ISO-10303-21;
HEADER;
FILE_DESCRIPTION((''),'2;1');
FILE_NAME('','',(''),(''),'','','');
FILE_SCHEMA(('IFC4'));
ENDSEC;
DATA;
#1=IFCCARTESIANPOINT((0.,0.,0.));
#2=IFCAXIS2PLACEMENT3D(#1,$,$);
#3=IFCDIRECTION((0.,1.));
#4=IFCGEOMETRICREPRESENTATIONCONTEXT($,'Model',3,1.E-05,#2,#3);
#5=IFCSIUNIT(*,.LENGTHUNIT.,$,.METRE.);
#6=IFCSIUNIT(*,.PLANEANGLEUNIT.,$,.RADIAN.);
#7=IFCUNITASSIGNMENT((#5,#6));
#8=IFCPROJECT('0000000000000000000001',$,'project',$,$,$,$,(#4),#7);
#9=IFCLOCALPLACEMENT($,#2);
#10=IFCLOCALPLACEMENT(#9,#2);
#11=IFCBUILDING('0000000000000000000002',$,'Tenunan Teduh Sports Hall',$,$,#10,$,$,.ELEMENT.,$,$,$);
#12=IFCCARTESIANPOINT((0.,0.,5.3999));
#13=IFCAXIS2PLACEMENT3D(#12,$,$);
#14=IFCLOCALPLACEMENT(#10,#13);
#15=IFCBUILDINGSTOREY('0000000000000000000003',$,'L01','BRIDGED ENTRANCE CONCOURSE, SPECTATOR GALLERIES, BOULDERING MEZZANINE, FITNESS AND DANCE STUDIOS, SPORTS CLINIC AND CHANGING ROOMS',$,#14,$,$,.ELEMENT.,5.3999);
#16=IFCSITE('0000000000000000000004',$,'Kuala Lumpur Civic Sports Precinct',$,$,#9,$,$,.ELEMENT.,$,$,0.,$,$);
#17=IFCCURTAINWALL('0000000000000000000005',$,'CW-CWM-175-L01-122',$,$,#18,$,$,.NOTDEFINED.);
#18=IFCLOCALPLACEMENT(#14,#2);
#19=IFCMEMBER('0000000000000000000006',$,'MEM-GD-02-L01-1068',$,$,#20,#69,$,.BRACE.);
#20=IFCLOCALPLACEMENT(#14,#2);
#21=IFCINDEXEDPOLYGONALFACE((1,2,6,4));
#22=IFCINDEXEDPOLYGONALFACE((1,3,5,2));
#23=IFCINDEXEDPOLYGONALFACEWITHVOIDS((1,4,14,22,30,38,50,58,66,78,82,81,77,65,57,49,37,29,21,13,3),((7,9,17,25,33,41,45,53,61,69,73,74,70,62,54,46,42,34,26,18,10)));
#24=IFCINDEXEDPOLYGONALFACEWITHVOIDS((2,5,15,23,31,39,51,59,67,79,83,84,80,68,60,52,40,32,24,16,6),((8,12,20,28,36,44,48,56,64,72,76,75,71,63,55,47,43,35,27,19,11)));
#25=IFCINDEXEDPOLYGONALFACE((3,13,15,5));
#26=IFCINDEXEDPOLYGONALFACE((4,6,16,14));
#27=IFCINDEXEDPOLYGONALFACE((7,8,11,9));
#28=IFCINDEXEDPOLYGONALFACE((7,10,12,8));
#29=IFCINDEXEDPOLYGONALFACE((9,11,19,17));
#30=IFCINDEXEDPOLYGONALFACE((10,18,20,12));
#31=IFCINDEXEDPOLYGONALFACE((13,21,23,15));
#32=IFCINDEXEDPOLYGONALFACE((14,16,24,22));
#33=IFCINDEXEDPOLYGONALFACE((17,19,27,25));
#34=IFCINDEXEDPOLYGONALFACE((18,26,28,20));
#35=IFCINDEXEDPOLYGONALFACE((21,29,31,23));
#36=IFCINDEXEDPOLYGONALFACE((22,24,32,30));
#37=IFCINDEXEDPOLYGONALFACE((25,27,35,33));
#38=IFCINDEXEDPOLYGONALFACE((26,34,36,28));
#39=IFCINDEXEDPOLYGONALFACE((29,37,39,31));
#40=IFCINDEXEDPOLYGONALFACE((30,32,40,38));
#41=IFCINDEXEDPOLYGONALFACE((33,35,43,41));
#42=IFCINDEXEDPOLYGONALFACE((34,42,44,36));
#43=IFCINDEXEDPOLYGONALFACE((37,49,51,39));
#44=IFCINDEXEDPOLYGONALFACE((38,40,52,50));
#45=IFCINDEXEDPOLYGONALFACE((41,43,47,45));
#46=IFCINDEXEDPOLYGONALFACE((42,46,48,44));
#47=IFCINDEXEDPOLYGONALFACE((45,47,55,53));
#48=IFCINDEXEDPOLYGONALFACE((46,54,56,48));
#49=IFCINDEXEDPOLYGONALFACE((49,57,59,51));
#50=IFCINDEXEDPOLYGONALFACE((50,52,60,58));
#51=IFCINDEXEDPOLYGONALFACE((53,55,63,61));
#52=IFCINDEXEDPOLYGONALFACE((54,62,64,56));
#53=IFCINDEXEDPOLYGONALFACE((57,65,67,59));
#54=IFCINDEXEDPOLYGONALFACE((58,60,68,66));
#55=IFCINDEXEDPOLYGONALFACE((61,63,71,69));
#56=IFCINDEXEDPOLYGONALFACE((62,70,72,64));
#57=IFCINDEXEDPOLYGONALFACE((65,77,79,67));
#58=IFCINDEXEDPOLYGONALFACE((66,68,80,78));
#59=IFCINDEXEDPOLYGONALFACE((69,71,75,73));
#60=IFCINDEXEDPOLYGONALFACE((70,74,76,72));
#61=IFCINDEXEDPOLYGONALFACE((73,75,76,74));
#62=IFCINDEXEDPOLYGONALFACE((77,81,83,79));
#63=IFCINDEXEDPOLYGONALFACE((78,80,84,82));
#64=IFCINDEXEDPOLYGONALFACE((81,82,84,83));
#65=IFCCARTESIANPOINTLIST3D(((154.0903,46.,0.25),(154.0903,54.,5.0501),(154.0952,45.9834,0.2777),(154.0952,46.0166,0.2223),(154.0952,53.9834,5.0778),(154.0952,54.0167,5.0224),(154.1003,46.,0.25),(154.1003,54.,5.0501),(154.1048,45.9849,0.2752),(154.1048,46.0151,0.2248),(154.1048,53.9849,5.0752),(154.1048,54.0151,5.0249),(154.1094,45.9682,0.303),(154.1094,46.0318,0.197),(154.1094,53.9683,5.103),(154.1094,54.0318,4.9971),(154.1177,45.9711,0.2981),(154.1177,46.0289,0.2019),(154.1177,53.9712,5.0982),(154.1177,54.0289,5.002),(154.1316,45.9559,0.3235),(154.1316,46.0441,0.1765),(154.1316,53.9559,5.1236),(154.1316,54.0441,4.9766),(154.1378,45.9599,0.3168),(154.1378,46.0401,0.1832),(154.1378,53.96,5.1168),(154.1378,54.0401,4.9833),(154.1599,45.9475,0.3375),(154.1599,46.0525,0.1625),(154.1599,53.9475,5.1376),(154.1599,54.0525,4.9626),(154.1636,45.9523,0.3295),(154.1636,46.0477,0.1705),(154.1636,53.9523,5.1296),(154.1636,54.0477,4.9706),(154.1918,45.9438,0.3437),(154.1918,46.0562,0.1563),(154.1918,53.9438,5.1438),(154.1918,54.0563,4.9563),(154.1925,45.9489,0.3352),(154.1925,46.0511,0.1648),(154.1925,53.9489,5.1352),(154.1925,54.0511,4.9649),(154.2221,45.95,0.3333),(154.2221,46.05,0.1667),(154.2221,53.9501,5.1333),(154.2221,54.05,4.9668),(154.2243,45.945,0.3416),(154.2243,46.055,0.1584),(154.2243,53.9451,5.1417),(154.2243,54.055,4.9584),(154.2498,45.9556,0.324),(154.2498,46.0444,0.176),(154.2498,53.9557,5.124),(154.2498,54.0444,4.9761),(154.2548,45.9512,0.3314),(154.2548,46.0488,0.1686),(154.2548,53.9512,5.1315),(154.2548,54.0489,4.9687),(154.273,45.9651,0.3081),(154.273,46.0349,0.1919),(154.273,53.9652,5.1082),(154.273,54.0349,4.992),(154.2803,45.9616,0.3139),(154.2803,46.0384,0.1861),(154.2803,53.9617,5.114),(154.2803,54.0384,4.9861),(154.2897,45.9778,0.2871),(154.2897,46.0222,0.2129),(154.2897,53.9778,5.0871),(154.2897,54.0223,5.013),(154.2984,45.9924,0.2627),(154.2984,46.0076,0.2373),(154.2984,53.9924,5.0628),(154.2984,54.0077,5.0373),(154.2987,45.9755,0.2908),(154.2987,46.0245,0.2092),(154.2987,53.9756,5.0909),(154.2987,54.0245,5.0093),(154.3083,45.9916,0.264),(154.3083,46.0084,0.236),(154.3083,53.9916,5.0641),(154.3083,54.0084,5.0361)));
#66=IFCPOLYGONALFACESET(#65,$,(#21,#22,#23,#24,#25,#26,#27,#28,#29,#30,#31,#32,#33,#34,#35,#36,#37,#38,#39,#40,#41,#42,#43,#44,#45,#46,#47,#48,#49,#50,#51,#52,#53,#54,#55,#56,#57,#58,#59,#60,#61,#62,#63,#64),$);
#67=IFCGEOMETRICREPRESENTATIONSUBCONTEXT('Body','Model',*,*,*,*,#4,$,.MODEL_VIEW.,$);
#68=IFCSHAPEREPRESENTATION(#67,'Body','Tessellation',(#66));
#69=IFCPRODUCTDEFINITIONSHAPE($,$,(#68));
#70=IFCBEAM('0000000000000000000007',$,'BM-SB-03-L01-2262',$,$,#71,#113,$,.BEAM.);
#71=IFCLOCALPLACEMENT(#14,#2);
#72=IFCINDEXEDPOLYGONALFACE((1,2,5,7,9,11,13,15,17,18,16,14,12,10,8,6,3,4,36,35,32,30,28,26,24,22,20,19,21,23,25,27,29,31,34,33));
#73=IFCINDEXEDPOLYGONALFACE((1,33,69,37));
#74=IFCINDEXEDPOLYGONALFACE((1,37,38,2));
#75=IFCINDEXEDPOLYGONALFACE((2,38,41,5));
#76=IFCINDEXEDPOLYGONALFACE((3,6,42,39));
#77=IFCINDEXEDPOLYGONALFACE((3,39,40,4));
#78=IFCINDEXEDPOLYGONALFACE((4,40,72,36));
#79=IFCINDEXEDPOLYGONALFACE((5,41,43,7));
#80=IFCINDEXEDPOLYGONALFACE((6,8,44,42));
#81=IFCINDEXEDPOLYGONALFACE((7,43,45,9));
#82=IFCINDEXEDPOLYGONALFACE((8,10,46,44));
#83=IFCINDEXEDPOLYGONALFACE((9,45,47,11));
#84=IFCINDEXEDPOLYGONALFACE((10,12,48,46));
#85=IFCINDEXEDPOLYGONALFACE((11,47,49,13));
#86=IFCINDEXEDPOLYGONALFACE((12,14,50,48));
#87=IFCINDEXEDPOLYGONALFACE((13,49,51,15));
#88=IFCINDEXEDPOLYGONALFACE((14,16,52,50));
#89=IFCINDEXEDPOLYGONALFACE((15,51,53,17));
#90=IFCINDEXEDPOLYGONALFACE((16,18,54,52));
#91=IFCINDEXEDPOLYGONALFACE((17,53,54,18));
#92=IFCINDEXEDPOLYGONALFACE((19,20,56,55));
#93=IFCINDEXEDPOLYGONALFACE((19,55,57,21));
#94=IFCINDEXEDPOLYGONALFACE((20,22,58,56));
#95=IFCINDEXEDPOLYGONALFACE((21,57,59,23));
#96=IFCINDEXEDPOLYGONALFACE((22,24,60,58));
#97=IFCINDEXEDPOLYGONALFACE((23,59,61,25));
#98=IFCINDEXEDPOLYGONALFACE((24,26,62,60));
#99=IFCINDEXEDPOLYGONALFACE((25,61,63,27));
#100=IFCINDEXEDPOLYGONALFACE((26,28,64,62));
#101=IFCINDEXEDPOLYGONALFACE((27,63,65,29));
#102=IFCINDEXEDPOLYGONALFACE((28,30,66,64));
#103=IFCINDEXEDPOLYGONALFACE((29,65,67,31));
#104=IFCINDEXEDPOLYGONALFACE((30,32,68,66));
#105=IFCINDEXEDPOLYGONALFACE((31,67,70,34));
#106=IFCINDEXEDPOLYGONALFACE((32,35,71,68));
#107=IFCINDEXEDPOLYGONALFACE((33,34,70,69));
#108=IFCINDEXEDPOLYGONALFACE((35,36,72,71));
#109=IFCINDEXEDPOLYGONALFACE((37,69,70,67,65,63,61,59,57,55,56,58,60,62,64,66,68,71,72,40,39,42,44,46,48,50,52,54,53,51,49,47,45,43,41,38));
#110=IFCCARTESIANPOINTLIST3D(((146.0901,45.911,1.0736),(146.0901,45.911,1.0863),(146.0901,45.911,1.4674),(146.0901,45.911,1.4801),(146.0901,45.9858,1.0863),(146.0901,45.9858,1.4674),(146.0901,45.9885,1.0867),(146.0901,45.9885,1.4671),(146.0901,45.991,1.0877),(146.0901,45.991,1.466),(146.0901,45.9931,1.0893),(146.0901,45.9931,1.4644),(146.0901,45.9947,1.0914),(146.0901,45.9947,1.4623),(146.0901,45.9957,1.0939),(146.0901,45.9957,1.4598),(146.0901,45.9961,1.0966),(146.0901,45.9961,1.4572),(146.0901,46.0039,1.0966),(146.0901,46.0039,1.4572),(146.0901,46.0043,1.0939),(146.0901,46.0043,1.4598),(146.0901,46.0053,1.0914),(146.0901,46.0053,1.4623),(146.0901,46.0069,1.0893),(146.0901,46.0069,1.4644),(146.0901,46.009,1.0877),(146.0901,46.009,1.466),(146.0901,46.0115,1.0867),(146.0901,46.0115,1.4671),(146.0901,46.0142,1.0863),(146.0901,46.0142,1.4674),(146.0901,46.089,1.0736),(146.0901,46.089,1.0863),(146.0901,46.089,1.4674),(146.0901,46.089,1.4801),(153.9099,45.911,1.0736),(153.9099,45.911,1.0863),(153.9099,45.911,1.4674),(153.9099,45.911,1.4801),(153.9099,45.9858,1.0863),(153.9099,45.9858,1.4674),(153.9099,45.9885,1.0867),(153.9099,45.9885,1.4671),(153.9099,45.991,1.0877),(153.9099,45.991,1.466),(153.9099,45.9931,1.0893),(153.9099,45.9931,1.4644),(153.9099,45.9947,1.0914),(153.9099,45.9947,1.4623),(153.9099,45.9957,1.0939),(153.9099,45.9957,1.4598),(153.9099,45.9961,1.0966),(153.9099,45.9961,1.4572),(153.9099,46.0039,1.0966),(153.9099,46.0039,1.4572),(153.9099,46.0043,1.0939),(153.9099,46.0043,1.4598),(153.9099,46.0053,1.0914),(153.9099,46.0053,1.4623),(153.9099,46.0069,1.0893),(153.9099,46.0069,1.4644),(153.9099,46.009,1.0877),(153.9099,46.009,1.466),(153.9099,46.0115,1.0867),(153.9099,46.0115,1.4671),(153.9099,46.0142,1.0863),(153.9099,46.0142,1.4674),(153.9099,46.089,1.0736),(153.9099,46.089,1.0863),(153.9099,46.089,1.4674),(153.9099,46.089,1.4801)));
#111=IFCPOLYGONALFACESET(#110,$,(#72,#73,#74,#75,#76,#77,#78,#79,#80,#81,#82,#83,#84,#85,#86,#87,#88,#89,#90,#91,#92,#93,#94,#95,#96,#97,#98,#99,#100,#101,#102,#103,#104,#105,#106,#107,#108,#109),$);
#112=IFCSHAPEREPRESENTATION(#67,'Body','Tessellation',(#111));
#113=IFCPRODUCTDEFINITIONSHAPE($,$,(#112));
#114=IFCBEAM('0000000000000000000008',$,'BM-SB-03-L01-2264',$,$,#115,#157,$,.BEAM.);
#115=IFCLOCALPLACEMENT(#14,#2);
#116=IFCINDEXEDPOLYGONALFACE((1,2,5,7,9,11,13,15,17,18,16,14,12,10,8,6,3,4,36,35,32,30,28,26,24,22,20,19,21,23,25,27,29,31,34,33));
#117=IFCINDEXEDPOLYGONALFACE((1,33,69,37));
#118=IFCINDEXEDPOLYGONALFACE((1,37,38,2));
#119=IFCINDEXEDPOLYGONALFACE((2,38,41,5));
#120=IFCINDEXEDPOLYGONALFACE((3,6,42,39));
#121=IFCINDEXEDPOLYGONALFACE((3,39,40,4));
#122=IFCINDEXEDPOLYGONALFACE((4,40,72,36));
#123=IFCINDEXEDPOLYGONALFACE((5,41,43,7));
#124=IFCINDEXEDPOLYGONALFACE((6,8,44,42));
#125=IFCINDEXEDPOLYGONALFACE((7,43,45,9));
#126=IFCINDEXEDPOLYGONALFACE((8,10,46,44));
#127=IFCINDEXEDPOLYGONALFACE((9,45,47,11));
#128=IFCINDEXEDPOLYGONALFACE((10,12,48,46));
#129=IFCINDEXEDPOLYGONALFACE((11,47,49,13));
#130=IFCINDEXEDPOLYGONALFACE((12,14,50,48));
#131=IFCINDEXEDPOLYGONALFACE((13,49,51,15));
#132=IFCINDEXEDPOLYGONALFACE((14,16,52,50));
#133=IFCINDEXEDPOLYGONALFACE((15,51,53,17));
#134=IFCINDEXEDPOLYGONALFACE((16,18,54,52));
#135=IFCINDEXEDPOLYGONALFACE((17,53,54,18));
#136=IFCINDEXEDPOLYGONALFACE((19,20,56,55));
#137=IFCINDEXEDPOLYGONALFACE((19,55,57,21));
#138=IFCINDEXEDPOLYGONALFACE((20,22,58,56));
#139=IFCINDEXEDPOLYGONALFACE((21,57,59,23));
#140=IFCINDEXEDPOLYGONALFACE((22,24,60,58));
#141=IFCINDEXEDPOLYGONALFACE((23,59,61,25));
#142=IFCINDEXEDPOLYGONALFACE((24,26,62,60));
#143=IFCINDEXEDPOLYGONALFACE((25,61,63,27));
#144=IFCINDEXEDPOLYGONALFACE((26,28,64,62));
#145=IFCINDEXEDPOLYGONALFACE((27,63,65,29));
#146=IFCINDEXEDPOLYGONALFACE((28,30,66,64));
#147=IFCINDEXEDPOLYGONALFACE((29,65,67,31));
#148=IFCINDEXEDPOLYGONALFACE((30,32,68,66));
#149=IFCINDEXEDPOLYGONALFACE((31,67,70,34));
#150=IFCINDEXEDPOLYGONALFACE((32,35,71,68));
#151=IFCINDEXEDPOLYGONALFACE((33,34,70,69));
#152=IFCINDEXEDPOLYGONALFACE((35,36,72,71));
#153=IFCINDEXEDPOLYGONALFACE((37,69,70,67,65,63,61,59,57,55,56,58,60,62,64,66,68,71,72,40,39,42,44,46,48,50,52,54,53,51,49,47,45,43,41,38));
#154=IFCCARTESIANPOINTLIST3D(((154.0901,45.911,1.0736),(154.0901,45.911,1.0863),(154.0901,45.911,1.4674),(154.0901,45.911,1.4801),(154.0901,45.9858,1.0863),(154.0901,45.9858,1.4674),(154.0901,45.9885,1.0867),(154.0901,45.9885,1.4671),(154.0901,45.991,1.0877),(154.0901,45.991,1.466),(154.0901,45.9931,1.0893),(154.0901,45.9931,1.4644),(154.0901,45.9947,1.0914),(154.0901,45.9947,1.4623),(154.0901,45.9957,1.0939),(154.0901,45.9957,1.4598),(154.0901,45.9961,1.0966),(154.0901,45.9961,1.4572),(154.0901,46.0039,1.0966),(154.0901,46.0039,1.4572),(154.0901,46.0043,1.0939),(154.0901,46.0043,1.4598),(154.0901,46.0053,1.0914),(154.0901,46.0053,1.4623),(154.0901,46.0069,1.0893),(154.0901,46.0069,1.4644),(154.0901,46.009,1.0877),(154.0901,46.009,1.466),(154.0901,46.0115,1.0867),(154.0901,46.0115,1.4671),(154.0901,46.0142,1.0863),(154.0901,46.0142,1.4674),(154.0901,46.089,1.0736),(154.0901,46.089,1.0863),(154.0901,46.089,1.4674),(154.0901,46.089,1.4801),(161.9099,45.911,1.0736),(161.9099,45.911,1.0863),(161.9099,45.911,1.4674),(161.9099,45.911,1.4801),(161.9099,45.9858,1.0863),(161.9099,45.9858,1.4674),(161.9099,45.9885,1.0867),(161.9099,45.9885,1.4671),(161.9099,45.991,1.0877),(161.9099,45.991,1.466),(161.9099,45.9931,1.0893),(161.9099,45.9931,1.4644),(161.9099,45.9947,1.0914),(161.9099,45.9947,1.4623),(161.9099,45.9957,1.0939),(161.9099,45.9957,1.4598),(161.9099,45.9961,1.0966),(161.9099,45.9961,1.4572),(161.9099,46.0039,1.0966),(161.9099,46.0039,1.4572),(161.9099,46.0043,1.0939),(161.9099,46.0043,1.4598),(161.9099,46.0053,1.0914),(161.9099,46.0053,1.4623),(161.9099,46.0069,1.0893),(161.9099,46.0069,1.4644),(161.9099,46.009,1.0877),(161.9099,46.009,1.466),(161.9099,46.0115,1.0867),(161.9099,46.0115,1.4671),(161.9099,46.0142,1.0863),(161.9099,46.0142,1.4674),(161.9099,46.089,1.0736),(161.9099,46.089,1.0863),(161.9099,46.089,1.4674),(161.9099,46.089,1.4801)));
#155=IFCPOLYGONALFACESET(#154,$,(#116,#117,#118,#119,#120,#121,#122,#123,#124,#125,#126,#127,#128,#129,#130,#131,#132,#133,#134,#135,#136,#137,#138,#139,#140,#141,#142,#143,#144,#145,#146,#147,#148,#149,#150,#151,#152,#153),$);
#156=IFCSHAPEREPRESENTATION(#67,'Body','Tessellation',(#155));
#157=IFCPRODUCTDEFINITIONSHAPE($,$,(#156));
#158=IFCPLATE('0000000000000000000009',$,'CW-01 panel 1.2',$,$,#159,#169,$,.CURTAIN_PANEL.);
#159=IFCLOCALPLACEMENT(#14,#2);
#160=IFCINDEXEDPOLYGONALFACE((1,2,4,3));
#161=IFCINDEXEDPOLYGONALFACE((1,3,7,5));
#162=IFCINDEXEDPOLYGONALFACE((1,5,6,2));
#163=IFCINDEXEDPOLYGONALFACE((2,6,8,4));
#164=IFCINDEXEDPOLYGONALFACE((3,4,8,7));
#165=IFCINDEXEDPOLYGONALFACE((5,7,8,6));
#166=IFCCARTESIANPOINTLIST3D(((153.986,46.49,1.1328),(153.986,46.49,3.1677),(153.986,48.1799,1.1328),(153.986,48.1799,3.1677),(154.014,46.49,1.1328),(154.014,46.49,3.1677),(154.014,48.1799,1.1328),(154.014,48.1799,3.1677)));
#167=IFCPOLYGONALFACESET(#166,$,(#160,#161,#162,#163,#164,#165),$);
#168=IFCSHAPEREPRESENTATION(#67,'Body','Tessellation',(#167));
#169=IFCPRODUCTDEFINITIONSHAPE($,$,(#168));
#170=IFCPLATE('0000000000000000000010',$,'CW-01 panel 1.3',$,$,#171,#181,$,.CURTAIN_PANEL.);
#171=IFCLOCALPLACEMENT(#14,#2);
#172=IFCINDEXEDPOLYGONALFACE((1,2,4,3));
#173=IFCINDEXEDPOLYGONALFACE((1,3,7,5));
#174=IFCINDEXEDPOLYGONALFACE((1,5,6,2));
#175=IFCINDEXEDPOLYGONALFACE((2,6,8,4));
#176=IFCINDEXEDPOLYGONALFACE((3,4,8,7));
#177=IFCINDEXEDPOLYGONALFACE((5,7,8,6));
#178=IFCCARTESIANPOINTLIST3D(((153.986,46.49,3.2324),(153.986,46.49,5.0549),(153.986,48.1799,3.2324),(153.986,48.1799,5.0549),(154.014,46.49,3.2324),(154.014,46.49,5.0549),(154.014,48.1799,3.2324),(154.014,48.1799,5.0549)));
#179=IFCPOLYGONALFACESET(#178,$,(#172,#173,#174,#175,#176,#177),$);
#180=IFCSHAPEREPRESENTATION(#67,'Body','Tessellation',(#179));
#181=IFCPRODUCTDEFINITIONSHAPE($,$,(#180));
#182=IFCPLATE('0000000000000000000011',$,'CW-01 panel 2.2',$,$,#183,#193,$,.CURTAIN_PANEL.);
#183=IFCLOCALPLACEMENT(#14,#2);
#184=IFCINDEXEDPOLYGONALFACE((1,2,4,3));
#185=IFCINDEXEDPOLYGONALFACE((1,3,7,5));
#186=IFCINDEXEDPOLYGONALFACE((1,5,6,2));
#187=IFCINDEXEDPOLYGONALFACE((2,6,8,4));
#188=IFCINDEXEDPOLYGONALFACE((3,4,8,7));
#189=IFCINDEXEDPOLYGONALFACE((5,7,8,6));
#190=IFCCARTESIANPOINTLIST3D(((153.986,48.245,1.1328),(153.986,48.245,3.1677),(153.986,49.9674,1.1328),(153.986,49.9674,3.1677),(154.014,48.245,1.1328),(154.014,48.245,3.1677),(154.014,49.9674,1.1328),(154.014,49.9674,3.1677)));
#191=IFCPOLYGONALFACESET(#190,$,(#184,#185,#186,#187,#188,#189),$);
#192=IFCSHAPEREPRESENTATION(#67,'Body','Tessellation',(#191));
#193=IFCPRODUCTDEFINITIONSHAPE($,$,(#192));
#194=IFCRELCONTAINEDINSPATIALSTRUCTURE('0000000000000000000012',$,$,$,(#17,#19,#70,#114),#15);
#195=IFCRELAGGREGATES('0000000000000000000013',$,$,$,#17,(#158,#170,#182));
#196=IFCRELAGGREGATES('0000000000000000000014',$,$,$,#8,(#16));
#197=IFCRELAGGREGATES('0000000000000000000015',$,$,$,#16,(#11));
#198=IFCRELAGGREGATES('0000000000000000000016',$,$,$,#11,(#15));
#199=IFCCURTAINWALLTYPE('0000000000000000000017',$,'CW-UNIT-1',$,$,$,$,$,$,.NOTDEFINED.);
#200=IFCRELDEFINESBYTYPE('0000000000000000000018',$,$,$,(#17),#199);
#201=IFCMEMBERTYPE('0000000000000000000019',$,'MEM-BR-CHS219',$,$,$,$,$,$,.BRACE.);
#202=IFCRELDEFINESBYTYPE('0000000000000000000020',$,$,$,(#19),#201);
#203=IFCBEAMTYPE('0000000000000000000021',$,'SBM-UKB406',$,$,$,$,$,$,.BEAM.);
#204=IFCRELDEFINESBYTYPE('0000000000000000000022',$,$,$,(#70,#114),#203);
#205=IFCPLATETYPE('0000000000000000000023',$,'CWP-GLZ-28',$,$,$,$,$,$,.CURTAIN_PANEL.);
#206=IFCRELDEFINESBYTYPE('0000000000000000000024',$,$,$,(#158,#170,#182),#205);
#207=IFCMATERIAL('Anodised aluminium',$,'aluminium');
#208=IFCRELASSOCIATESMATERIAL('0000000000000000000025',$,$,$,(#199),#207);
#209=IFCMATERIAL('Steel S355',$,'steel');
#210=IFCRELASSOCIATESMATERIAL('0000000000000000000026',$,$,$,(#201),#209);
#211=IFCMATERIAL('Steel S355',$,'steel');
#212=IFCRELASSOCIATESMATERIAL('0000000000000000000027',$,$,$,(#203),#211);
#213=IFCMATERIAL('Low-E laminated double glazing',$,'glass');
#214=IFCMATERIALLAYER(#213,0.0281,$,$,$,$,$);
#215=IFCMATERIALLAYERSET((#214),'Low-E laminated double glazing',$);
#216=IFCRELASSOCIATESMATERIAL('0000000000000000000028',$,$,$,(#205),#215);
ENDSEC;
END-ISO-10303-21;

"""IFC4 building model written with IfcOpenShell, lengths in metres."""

from ifc_helpers import new_model, si_unit, direction, frame, origin, origin_2d, place, context, subcontext, project, spatial, rectangle, hollow_circle, i_section, extrude, material, layer, layer_set, material_profile, profile_set, type_object, element, aggregate, save


model = new_model("IFC4")

# Units and contexts
model_context = context("Model", 3, precision=1e-05, world=origin(), true_north=direction((0.0, 1.0)))
body_context = subcontext(model_context, "Body", "Model", "MODEL_VIEW")
ifc_project = project(units=[si_unit("LENGTHUNIT", "METRE"), si_unit("PLANEANGLEUNIT", "RADIAN")], contexts=[model_context])

# Site, building, storey
site_placement = place(None, origin())
site = spatial("IfcSite", under=ifc_project, at=site_placement, Name="Kuala Lumpur Civic Sports Precinct", CompositionType="ELEMENT", RefElevation=0.0)
building_placement = place(site_placement, origin())
building = spatial("IfcBuilding", under=site, at=building_placement, Name="Tenunan Teduh Sports Hall", CompositionType="ELEMENT")
storey_placement = place(building_placement, frame((0.0, 0.0, 5.3999)))
storey = spatial("IfcBuildingStorey", under=building, at=storey_placement, Name="L01", Description="BRIDGED ENTRANCE CONCOURSE, SPECTATOR GALLERIES, BOULDERING MEZZANINE, FITNESS AND DANCE STUDIOS, SPORTS CLINIC AND CHANGING ROOMS", CompositionType="ELEMENT", Elevation=5.3999)

# Curtain wall
ifc_material_1 = material(Name="Anodised aluminium", Category="aluminium")
curtain_wall_type = type_object("IfcCurtainWallType", Name="CW-UNIT-1", PredefinedType="NOTDEFINED", material=ifc_material_1)
curtain_wall_placement = place(storey_placement, origin())
curtain_wall = element("IfcCurtainWall", 1, at=curtain_wall_placement, inside=storey, type_object=curtain_wall_type, Name="CW-CWM-175-L01-122", PredefinedType="NOTDEFINED")

# Member
ifc_material_2 = material(Name="Steel S355", Category="steel")
ifc_material_profile_1 = material_profile(ifc_material_2, hollow_circle(Radius=0.1096, WallThickness=0.01, at=origin_2d()), Name="CHS 219.1x10.0")
ifc_profile_set_1 = profile_set([ifc_material_profile_1], Name="Steel S355")
member_type_1 = type_object("IfcMemberType", Name="MEM-BR-CHS219", PredefinedType="BRACE", material=ifc_profile_set_1)
member_1_placement = place(storey_placement, frame((154.2, 46.0, 0.25), z_axis=(0.0, 0.857491, 0.5145), x_axis=(-1.0, 0.0, 0.0)))
element("IfcMember", 2, at=member_1_placement, inside=storey, type_object=member_type_1, Name="MEM-GD-02-L01-1068", PredefinedType="BRACE", context=body_context, shape_type="SweptSolid", body=[
    extrude(hollow_circle(Radius=0.1096, WallThickness=0.01, at=origin_2d()), origin(), (0.0, 0.0, 1.0), 9.3296),
])

# Beams
ifc_material_3 = material(Name="Steel S355", Category="steel")
ifc_material_profile_2 = material_profile(ifc_material_3, i_section(OverallWidth=0.178, OverallDepth=0.4065, WebThickness=0.0078, FlangeThickness=0.0127, FilletRadius=0.0103, at=origin_2d()), Name="UKB 406x178x60")
ifc_profile_set_2 = profile_set([ifc_material_profile_2], Name="Steel S355")
beam_type_1 = type_object("IfcBeamType", Name="SBM-UKB406", PredefinedType="BEAM", material=ifc_profile_set_2)
for number, where, z_axis, x_axis, name in (
    (3, (146.0901, 46.0, 1.2769), (1.0, 0.0, 0.0), (0.0, 1.0, 0.0), "BM-SB-03-L01-2262"),
    (4, (154.0901, 46.0, 1.2769), (1.0, 0.0, 0.0), (0.0, 1.0, 0.0), "BM-SB-03-L01-2264"),
):
    element("IfcBeam", number, at=place(storey_placement, frame(where, z_axis=z_axis, x_axis=x_axis)), inside=storey, type_object=beam_type_1, Name=name, PredefinedType="BEAM", context=body_context, shape_type="SweptSolid", body=[
        extrude(i_section(OverallWidth=0.178, OverallDepth=0.4065, WebThickness=0.0078, FlangeThickness=0.0127, FilletRadius=0.0103, at=origin_2d()), origin(), (0.0, 0.0, 1.0), 7.8198),
    ])

# Plates
ifc_material_4 = material(Name="Low-E laminated double glazing", Category="glass")
ifc_layer_1 = layer(ifc_material_4, 0.0281)
ifc_layer_set_1 = layer_set([ifc_layer_1], Name="Low-E laminated double glazing")
plate_type_1 = type_object("IfcPlateType", Name="CWP-GLZ-28", PredefinedType="CURTAIN_PANEL", material=ifc_layer_set_1)
plate_1_placement = place(storey_placement, frame((154.0, 47.335, 1.1328), z_axis=(0.0, 0.0, 1.0), x_axis=(0.0, 1.0, 0.0)))
plate_1 = element("IfcPlate", 5, at=plate_1_placement, type_object=plate_type_1, Name="CW-01 panel 1.2", PredefinedType="CURTAIN_PANEL", context=body_context, shape_type="SweptSolid", body=[
    extrude(rectangle(XDim=1.6899, YDim=0.0281, at=origin_2d()), origin(), (0.0, 0.0, 1.0), 2.0349),
])
plate_2_placement = place(storey_placement, frame((154.0, 47.335, 3.2324), z_axis=(0.0, 0.0, 1.0), x_axis=(0.0, 1.0, 0.0)))
plate_2 = element("IfcPlate", 6, at=plate_2_placement, type_object=plate_type_1, Name="CW-01 panel 1.3", PredefinedType="CURTAIN_PANEL", context=body_context, shape_type="SweptSolid", body=[
    extrude(rectangle(XDim=1.6899, YDim=0.0281, at=origin_2d()), origin(), (0.0, 0.0, 1.0), 1.8225),
])
plate_3_placement = place(storey_placement, frame((154.0, 49.1062, 1.1328), z_axis=(0.0, 0.0, 1.0), x_axis=(0.0, 1.0, 0.0)))
plate_3 = element("IfcPlate", 7, at=plate_3_placement, type_object=plate_type_1, Name="CW-01 panel 2.2", PredefinedType="CURTAIN_PANEL", context=body_context, shape_type="SweptSolid", body=[
    extrude(rectangle(XDim=1.7224, YDim=0.0281, at=origin_2d()), origin(), (0.0, 0.0, 1.0), 2.0349),
])
aggregate(curtain_wall, [plate_1, plate_2, plate_3])

save(model, "model.ifc")
